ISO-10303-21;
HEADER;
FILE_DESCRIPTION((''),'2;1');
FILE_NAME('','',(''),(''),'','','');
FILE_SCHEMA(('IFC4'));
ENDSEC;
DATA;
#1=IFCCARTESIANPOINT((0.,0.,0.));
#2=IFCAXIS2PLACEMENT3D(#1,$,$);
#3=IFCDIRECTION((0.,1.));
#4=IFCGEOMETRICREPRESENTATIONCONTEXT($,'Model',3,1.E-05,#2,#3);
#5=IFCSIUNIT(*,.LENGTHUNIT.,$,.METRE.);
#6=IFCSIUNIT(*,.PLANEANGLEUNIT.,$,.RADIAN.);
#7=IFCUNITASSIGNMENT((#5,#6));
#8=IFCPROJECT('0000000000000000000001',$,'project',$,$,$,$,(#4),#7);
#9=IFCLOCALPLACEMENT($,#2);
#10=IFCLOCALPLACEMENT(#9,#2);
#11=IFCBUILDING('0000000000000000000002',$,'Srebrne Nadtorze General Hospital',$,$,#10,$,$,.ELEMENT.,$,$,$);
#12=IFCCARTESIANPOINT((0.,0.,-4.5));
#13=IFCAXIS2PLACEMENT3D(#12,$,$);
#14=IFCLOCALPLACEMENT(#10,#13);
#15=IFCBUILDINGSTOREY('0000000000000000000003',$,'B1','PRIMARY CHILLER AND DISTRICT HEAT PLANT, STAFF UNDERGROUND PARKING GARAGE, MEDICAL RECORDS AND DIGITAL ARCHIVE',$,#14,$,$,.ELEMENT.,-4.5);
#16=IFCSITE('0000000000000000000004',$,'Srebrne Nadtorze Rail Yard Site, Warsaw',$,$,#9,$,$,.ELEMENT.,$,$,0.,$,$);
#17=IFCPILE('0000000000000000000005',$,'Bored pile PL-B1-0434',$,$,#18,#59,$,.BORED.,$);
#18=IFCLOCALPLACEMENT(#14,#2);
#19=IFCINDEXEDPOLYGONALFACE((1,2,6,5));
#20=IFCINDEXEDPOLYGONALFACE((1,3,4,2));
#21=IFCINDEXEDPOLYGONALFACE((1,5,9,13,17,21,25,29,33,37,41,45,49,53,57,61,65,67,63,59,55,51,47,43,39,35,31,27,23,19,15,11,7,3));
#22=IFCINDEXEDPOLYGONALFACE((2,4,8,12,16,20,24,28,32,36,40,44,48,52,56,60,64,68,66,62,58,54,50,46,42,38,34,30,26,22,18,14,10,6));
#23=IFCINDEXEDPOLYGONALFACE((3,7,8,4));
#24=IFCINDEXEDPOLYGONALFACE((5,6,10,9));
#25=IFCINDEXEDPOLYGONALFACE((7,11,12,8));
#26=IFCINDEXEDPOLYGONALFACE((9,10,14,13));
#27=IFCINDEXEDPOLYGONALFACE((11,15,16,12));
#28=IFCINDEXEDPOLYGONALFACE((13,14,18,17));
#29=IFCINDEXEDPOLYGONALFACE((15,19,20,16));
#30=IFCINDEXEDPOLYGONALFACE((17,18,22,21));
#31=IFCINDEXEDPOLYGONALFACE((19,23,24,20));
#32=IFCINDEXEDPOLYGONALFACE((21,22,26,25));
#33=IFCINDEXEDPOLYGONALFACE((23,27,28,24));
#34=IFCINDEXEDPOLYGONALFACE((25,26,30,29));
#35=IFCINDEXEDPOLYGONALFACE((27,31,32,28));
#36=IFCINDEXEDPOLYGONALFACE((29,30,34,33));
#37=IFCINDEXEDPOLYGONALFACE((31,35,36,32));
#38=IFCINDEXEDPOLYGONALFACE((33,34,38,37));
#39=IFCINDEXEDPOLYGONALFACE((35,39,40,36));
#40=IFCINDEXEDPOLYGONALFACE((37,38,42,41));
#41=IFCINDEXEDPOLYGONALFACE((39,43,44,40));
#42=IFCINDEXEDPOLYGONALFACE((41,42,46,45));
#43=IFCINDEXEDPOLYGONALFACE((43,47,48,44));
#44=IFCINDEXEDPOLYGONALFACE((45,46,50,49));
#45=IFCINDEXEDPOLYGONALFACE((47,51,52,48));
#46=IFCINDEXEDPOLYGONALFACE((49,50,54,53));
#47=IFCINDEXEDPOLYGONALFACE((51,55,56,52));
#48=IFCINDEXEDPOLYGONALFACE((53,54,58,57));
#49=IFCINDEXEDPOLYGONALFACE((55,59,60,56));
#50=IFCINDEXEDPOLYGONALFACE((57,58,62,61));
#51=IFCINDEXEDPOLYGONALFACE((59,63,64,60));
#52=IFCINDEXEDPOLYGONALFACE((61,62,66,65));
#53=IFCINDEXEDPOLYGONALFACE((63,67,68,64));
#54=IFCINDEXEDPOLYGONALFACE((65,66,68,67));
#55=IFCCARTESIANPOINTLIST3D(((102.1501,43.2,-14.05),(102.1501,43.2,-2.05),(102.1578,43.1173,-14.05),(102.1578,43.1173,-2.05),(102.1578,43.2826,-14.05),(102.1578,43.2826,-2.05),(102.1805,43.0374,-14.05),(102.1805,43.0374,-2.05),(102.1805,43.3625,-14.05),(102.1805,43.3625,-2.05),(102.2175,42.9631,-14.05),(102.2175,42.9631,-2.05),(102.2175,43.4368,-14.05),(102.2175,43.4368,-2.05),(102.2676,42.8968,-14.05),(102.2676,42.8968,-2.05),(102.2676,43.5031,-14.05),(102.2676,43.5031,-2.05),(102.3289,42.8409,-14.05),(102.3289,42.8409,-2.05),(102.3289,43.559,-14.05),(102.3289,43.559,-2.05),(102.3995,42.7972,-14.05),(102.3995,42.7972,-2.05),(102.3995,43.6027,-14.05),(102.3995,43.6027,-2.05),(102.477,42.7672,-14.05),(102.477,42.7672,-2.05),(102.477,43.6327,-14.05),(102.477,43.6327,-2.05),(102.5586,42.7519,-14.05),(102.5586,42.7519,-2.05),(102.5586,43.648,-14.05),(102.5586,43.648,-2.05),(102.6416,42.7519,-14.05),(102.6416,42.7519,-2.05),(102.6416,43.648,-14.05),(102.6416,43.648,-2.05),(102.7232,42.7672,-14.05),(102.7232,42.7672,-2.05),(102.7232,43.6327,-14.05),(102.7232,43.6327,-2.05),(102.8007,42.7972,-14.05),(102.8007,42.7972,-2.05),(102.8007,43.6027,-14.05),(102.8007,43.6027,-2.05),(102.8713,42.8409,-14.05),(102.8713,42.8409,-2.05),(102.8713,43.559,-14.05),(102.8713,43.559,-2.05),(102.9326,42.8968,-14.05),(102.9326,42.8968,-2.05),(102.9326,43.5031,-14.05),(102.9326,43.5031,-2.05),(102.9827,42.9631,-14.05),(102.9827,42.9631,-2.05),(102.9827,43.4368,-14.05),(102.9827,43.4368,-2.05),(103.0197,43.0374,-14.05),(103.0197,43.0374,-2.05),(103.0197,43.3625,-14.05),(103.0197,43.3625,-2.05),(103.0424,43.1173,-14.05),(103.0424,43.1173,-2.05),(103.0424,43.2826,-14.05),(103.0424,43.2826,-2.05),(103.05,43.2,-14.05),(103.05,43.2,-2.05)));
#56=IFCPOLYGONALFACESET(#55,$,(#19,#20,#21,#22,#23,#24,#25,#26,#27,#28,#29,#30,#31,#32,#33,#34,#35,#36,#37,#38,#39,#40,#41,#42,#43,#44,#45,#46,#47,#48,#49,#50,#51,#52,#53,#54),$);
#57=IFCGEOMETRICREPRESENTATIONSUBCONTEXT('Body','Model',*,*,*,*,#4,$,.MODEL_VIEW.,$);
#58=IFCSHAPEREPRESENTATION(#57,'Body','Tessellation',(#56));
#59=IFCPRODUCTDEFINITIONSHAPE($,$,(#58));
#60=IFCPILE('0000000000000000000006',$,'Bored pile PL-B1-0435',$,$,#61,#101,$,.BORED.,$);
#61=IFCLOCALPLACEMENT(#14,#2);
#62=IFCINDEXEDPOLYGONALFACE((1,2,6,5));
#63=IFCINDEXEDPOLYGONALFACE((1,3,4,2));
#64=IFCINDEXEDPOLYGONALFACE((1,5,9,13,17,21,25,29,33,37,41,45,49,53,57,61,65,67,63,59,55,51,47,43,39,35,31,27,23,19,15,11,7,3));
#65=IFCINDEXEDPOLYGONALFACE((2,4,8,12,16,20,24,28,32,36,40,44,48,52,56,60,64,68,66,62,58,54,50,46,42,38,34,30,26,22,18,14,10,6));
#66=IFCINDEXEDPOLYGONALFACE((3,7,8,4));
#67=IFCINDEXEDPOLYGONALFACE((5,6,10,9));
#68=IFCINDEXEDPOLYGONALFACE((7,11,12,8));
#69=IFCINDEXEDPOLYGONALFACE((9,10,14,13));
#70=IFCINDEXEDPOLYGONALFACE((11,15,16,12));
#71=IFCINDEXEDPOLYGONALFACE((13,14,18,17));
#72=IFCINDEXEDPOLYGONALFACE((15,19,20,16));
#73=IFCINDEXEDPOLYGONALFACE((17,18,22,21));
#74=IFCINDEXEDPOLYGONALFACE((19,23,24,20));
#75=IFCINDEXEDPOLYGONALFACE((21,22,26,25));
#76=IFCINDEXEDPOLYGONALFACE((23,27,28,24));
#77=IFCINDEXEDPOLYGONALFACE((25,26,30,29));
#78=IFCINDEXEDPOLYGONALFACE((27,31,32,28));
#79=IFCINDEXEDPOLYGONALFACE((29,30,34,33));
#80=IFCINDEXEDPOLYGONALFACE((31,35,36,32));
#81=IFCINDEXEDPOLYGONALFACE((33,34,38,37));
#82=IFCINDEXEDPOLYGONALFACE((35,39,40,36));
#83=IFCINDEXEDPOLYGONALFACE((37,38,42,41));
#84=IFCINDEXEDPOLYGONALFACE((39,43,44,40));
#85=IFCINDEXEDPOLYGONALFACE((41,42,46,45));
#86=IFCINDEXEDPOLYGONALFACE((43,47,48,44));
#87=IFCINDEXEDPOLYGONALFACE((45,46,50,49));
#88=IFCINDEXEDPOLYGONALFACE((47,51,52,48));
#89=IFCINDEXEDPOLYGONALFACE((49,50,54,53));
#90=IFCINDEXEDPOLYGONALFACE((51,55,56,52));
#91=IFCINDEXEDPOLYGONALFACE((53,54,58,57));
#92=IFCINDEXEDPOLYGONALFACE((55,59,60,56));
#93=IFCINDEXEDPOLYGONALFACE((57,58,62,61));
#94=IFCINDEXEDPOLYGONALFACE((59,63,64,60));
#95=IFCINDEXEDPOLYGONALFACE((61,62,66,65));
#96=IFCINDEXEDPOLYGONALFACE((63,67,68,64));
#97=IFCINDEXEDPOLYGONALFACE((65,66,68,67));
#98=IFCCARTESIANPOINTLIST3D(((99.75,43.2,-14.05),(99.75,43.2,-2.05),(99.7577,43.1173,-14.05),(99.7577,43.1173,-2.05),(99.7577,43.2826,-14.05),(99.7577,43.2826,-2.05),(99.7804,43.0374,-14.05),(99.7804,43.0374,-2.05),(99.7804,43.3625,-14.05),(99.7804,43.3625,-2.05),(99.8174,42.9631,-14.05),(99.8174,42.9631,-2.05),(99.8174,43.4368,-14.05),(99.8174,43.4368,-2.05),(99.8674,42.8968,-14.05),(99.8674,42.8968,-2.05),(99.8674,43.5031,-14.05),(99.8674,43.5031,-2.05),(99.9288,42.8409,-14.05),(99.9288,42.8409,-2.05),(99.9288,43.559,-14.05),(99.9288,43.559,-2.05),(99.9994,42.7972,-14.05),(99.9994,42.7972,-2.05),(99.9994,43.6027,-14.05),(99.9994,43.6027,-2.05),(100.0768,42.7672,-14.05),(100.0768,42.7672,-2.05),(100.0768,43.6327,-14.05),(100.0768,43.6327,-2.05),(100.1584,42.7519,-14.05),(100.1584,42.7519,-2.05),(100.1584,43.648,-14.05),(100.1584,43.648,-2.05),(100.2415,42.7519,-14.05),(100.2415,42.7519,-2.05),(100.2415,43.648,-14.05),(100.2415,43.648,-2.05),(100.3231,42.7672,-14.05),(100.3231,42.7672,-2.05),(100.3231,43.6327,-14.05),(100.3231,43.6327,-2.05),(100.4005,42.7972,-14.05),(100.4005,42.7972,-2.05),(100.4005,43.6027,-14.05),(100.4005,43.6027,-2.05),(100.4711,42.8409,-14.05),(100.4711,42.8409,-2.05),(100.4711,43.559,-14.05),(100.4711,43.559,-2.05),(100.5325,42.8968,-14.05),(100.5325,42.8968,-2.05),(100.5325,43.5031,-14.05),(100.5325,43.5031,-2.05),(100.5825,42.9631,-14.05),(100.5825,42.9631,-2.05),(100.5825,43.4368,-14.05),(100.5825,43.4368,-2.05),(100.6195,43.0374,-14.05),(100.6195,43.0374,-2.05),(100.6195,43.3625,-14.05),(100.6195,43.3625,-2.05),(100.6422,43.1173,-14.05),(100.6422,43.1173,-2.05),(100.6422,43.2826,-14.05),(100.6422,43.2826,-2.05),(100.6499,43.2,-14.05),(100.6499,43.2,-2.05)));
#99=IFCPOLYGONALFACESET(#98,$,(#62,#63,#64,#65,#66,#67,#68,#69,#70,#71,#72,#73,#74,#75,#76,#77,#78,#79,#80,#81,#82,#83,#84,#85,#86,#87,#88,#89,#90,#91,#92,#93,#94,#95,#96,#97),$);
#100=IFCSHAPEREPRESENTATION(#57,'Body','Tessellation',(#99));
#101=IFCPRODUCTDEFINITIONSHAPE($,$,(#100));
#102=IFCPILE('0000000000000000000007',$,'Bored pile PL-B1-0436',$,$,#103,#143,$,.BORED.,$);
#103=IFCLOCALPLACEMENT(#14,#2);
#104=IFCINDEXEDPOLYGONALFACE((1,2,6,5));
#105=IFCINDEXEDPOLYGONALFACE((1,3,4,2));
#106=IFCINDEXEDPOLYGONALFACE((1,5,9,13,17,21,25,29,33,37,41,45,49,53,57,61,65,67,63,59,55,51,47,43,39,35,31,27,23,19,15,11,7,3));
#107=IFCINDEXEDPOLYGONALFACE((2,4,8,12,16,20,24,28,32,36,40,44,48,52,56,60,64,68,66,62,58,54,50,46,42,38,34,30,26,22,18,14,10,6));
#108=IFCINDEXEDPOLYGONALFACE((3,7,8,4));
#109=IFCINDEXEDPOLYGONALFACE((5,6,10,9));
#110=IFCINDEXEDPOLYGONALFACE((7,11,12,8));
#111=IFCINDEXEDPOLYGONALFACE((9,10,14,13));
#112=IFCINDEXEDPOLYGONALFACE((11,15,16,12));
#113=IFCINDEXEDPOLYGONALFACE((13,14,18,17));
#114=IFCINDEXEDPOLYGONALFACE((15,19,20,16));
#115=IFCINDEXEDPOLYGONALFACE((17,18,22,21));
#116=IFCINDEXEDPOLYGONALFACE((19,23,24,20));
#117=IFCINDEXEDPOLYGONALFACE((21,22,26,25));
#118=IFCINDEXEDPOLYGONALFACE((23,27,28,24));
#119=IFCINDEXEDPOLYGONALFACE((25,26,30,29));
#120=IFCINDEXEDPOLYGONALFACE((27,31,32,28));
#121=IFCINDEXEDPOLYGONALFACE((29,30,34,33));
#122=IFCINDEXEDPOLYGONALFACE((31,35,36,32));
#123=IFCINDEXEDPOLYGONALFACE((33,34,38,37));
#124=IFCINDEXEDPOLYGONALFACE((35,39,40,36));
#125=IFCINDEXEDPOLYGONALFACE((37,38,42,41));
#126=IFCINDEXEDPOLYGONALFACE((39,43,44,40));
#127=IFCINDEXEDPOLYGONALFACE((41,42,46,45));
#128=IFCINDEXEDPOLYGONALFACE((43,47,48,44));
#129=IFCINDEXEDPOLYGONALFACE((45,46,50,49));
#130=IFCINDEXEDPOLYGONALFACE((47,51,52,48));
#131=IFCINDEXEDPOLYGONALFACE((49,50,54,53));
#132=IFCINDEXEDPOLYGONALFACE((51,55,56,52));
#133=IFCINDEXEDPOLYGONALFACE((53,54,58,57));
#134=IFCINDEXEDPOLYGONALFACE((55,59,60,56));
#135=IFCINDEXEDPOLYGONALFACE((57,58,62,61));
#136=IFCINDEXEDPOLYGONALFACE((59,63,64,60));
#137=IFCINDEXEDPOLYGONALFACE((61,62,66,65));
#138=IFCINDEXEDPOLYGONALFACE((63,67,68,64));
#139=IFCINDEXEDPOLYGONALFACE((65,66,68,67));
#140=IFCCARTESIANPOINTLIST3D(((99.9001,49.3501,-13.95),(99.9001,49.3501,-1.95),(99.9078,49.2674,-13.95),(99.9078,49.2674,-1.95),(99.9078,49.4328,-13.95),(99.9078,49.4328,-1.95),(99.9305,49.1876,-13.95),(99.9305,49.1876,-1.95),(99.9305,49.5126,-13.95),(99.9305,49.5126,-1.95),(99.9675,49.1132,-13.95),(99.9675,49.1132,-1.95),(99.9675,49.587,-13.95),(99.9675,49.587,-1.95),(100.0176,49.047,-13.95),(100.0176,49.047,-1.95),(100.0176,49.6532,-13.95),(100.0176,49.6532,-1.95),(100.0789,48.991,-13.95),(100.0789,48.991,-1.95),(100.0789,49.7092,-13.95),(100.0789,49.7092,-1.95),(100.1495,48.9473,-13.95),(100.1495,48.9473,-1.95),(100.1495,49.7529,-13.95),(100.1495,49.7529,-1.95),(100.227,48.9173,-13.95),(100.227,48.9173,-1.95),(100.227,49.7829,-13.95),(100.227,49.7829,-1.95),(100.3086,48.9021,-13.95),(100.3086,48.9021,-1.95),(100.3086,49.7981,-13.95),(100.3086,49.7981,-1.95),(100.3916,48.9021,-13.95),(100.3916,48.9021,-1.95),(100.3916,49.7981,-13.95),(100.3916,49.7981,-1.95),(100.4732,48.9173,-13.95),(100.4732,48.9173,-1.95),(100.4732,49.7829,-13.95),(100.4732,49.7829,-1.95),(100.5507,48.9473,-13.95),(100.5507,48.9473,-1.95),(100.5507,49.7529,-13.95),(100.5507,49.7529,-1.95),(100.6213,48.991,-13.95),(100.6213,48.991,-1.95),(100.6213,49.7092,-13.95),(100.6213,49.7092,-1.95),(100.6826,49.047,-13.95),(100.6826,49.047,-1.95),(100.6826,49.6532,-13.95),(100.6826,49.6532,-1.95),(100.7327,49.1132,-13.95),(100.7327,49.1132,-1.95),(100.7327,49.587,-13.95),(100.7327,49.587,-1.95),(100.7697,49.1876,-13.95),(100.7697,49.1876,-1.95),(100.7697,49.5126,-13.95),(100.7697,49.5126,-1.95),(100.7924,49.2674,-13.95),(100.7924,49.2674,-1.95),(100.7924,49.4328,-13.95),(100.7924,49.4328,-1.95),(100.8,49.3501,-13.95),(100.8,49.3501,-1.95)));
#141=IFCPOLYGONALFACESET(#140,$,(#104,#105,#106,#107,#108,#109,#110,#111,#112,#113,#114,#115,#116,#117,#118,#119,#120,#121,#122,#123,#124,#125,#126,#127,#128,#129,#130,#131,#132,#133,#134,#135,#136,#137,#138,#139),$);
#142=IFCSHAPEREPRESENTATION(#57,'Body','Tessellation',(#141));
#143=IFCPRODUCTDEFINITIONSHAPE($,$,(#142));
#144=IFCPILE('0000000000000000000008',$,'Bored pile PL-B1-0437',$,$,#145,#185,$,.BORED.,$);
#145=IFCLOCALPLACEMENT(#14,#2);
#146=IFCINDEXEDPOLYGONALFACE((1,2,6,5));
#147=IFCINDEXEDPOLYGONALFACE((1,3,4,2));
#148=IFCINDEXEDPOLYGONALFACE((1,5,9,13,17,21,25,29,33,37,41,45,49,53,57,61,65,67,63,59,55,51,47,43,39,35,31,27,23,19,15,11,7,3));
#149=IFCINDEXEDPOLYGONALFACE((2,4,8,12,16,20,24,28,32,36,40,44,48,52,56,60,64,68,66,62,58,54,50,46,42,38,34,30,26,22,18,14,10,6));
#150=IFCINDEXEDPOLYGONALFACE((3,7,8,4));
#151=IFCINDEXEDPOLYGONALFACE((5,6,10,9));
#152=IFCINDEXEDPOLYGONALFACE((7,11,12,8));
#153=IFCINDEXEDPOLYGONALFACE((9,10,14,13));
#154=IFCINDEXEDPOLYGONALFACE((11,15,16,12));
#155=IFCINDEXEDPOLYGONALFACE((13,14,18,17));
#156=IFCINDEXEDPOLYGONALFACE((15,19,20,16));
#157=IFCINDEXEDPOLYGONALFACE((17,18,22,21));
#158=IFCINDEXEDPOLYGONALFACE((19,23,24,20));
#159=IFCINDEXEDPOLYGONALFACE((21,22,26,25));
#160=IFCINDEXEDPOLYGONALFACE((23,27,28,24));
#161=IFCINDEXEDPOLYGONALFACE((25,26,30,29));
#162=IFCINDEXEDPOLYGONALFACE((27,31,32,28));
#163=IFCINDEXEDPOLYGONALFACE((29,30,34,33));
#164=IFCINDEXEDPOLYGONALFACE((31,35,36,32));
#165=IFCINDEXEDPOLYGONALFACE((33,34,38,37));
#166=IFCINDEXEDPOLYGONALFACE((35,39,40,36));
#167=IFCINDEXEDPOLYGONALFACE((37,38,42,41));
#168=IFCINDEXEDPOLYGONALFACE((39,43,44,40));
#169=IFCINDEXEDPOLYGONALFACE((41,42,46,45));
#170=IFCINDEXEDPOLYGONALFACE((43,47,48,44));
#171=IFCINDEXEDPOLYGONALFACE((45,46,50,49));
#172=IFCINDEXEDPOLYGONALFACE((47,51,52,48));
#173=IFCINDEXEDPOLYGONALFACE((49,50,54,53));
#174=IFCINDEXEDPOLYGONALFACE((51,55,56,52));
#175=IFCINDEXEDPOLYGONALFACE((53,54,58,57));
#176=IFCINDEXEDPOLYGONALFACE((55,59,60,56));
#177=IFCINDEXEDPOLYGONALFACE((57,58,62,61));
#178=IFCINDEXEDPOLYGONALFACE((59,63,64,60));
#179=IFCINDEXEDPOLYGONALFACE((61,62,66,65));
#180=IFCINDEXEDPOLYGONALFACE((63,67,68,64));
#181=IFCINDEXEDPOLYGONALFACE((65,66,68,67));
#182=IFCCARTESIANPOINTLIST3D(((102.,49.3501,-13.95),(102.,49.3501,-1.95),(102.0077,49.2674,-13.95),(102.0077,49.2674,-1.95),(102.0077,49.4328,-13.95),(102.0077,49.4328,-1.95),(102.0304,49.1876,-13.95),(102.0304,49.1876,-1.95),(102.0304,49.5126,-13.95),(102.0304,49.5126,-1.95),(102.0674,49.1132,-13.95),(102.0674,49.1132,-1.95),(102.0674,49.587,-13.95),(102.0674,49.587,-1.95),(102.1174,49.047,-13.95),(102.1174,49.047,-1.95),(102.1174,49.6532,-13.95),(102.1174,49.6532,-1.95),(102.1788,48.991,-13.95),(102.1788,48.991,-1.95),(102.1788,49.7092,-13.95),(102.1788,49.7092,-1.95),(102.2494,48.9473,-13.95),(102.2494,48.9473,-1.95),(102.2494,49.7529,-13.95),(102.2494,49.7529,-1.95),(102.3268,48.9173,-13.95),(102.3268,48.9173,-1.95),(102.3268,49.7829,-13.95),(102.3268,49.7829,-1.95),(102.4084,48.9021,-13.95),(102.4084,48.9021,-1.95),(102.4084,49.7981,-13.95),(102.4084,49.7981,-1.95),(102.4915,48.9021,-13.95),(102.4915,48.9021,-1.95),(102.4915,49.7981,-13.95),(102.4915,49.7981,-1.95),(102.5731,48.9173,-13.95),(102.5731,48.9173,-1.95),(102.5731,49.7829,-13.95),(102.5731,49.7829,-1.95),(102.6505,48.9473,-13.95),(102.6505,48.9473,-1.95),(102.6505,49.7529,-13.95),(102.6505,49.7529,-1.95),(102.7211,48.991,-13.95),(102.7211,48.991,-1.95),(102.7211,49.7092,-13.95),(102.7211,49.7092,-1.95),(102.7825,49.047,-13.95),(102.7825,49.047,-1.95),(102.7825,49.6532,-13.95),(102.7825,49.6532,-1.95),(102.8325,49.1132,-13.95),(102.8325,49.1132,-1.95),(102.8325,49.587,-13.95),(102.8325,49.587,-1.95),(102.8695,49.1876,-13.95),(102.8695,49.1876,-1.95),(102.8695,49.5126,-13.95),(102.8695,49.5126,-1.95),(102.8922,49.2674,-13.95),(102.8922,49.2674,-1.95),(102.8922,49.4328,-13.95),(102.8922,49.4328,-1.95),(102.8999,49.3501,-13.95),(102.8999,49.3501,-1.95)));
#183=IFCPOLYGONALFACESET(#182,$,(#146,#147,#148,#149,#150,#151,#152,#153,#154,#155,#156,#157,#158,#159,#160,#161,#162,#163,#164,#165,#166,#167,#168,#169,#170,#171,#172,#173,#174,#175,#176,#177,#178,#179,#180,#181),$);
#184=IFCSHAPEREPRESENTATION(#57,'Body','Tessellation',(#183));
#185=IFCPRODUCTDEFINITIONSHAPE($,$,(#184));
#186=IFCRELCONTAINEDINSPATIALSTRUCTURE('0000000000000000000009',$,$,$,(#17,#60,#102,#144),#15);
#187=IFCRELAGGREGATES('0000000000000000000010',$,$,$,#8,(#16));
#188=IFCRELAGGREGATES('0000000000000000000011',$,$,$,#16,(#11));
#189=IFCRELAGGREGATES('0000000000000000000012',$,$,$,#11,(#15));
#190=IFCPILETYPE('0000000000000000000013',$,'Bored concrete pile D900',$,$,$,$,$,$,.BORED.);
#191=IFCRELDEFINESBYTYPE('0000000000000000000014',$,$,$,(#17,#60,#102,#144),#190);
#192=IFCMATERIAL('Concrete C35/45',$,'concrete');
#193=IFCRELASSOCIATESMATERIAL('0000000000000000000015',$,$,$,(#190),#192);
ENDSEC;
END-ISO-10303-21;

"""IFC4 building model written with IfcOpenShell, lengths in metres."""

from ifc_helpers import new_model, si_unit, direction, frame, origin, origin_2d, place, context, subcontext, project, spatial, circle, extrude, material, material_profile, profile_set, type_object, element, save


model = new_model("IFC4")

# Units and contexts
model_context = context("Model", 3, precision=1e-05, world=origin(), true_north=direction((0.0, 1.0)))
body_context = subcontext(model_context, "Body", "Model", "MODEL_VIEW")
ifc_project = project(units=[si_unit("LENGTHUNIT", "METRE"), si_unit("PLANEANGLEUNIT", "RADIAN")], contexts=[model_context])

# Site, building, storey
site_placement = place(None, origin())
site = spatial("IfcSite", under=ifc_project, at=site_placement, Name="Srebrne Nadtorze Rail Yard Site, Warsaw", CompositionType="ELEMENT", RefElevation=0.0)
building_placement = place(site_placement, origin())
building = spatial("IfcBuilding", under=site, at=building_placement, Name="Srebrne Nadtorze General Hospital", CompositionType="ELEMENT")
storey_placement = place(building_placement, frame((0.0, 0.0, -4.5)))
storey = spatial("IfcBuildingStorey", under=building, at=storey_placement, Name="B1", Description="PRIMARY CHILLER AND DISTRICT HEAT PLANT, STAFF UNDERGROUND PARKING GARAGE, MEDICAL RECORDS AND DIGITAL ARCHIVE", CompositionType="ELEMENT", Elevation=-4.5)

# Piles
ifc_material_1 = material(Name="Concrete C35/45", Category="concrete")
ifc_material_profile_1 = material_profile(ifc_material_1, circle(Radius=0.45, at=origin_2d()), Name="PILE-D900")
ifc_profile_set_1 = profile_set([ifc_material_profile_1], Name="Concrete C35/45")
pile_type_1 = type_object("IfcPileType", Name="Bored concrete pile D900", PredefinedType="BORED", material=ifc_profile_set_1)
for number, where, z_axis, x_axis, name in (
    (1, (102.6001, 43.2, -2.05), (0.0, 0.0, -1.0), (1.0, 0.0, 0.0), "Bored pile PL-B1-0434"),
    (2, (100.2, 43.2, -2.05), (0.0, 0.0, -1.0), (1.0, 0.0, 0.0), "Bored pile PL-B1-0435"),
    (3, (100.3501, 49.3501, -1.95), (0.0, 0.0, -1.0), (1.0, 0.0, 0.0), "Bored pile PL-B1-0436"),
    (4, (102.45, 49.3501, -1.95), (0.0, 0.0, -1.0), (1.0, 0.0, 0.0), "Bored pile PL-B1-0437"),
):
    element("IfcPile", number, at=place(storey_placement, frame(where, z_axis=z_axis, x_axis=x_axis)), inside=storey, type_object=pile_type_1, Name=name, PredefinedType="BORED", context=body_context, shape_type="SweptSolid", body=[
        extrude(circle(Radius=0.45, at=origin_2d()), origin(), (0.0, 0.0, 1.0), 12.0),
    ])

save(model, "model.ifc")
